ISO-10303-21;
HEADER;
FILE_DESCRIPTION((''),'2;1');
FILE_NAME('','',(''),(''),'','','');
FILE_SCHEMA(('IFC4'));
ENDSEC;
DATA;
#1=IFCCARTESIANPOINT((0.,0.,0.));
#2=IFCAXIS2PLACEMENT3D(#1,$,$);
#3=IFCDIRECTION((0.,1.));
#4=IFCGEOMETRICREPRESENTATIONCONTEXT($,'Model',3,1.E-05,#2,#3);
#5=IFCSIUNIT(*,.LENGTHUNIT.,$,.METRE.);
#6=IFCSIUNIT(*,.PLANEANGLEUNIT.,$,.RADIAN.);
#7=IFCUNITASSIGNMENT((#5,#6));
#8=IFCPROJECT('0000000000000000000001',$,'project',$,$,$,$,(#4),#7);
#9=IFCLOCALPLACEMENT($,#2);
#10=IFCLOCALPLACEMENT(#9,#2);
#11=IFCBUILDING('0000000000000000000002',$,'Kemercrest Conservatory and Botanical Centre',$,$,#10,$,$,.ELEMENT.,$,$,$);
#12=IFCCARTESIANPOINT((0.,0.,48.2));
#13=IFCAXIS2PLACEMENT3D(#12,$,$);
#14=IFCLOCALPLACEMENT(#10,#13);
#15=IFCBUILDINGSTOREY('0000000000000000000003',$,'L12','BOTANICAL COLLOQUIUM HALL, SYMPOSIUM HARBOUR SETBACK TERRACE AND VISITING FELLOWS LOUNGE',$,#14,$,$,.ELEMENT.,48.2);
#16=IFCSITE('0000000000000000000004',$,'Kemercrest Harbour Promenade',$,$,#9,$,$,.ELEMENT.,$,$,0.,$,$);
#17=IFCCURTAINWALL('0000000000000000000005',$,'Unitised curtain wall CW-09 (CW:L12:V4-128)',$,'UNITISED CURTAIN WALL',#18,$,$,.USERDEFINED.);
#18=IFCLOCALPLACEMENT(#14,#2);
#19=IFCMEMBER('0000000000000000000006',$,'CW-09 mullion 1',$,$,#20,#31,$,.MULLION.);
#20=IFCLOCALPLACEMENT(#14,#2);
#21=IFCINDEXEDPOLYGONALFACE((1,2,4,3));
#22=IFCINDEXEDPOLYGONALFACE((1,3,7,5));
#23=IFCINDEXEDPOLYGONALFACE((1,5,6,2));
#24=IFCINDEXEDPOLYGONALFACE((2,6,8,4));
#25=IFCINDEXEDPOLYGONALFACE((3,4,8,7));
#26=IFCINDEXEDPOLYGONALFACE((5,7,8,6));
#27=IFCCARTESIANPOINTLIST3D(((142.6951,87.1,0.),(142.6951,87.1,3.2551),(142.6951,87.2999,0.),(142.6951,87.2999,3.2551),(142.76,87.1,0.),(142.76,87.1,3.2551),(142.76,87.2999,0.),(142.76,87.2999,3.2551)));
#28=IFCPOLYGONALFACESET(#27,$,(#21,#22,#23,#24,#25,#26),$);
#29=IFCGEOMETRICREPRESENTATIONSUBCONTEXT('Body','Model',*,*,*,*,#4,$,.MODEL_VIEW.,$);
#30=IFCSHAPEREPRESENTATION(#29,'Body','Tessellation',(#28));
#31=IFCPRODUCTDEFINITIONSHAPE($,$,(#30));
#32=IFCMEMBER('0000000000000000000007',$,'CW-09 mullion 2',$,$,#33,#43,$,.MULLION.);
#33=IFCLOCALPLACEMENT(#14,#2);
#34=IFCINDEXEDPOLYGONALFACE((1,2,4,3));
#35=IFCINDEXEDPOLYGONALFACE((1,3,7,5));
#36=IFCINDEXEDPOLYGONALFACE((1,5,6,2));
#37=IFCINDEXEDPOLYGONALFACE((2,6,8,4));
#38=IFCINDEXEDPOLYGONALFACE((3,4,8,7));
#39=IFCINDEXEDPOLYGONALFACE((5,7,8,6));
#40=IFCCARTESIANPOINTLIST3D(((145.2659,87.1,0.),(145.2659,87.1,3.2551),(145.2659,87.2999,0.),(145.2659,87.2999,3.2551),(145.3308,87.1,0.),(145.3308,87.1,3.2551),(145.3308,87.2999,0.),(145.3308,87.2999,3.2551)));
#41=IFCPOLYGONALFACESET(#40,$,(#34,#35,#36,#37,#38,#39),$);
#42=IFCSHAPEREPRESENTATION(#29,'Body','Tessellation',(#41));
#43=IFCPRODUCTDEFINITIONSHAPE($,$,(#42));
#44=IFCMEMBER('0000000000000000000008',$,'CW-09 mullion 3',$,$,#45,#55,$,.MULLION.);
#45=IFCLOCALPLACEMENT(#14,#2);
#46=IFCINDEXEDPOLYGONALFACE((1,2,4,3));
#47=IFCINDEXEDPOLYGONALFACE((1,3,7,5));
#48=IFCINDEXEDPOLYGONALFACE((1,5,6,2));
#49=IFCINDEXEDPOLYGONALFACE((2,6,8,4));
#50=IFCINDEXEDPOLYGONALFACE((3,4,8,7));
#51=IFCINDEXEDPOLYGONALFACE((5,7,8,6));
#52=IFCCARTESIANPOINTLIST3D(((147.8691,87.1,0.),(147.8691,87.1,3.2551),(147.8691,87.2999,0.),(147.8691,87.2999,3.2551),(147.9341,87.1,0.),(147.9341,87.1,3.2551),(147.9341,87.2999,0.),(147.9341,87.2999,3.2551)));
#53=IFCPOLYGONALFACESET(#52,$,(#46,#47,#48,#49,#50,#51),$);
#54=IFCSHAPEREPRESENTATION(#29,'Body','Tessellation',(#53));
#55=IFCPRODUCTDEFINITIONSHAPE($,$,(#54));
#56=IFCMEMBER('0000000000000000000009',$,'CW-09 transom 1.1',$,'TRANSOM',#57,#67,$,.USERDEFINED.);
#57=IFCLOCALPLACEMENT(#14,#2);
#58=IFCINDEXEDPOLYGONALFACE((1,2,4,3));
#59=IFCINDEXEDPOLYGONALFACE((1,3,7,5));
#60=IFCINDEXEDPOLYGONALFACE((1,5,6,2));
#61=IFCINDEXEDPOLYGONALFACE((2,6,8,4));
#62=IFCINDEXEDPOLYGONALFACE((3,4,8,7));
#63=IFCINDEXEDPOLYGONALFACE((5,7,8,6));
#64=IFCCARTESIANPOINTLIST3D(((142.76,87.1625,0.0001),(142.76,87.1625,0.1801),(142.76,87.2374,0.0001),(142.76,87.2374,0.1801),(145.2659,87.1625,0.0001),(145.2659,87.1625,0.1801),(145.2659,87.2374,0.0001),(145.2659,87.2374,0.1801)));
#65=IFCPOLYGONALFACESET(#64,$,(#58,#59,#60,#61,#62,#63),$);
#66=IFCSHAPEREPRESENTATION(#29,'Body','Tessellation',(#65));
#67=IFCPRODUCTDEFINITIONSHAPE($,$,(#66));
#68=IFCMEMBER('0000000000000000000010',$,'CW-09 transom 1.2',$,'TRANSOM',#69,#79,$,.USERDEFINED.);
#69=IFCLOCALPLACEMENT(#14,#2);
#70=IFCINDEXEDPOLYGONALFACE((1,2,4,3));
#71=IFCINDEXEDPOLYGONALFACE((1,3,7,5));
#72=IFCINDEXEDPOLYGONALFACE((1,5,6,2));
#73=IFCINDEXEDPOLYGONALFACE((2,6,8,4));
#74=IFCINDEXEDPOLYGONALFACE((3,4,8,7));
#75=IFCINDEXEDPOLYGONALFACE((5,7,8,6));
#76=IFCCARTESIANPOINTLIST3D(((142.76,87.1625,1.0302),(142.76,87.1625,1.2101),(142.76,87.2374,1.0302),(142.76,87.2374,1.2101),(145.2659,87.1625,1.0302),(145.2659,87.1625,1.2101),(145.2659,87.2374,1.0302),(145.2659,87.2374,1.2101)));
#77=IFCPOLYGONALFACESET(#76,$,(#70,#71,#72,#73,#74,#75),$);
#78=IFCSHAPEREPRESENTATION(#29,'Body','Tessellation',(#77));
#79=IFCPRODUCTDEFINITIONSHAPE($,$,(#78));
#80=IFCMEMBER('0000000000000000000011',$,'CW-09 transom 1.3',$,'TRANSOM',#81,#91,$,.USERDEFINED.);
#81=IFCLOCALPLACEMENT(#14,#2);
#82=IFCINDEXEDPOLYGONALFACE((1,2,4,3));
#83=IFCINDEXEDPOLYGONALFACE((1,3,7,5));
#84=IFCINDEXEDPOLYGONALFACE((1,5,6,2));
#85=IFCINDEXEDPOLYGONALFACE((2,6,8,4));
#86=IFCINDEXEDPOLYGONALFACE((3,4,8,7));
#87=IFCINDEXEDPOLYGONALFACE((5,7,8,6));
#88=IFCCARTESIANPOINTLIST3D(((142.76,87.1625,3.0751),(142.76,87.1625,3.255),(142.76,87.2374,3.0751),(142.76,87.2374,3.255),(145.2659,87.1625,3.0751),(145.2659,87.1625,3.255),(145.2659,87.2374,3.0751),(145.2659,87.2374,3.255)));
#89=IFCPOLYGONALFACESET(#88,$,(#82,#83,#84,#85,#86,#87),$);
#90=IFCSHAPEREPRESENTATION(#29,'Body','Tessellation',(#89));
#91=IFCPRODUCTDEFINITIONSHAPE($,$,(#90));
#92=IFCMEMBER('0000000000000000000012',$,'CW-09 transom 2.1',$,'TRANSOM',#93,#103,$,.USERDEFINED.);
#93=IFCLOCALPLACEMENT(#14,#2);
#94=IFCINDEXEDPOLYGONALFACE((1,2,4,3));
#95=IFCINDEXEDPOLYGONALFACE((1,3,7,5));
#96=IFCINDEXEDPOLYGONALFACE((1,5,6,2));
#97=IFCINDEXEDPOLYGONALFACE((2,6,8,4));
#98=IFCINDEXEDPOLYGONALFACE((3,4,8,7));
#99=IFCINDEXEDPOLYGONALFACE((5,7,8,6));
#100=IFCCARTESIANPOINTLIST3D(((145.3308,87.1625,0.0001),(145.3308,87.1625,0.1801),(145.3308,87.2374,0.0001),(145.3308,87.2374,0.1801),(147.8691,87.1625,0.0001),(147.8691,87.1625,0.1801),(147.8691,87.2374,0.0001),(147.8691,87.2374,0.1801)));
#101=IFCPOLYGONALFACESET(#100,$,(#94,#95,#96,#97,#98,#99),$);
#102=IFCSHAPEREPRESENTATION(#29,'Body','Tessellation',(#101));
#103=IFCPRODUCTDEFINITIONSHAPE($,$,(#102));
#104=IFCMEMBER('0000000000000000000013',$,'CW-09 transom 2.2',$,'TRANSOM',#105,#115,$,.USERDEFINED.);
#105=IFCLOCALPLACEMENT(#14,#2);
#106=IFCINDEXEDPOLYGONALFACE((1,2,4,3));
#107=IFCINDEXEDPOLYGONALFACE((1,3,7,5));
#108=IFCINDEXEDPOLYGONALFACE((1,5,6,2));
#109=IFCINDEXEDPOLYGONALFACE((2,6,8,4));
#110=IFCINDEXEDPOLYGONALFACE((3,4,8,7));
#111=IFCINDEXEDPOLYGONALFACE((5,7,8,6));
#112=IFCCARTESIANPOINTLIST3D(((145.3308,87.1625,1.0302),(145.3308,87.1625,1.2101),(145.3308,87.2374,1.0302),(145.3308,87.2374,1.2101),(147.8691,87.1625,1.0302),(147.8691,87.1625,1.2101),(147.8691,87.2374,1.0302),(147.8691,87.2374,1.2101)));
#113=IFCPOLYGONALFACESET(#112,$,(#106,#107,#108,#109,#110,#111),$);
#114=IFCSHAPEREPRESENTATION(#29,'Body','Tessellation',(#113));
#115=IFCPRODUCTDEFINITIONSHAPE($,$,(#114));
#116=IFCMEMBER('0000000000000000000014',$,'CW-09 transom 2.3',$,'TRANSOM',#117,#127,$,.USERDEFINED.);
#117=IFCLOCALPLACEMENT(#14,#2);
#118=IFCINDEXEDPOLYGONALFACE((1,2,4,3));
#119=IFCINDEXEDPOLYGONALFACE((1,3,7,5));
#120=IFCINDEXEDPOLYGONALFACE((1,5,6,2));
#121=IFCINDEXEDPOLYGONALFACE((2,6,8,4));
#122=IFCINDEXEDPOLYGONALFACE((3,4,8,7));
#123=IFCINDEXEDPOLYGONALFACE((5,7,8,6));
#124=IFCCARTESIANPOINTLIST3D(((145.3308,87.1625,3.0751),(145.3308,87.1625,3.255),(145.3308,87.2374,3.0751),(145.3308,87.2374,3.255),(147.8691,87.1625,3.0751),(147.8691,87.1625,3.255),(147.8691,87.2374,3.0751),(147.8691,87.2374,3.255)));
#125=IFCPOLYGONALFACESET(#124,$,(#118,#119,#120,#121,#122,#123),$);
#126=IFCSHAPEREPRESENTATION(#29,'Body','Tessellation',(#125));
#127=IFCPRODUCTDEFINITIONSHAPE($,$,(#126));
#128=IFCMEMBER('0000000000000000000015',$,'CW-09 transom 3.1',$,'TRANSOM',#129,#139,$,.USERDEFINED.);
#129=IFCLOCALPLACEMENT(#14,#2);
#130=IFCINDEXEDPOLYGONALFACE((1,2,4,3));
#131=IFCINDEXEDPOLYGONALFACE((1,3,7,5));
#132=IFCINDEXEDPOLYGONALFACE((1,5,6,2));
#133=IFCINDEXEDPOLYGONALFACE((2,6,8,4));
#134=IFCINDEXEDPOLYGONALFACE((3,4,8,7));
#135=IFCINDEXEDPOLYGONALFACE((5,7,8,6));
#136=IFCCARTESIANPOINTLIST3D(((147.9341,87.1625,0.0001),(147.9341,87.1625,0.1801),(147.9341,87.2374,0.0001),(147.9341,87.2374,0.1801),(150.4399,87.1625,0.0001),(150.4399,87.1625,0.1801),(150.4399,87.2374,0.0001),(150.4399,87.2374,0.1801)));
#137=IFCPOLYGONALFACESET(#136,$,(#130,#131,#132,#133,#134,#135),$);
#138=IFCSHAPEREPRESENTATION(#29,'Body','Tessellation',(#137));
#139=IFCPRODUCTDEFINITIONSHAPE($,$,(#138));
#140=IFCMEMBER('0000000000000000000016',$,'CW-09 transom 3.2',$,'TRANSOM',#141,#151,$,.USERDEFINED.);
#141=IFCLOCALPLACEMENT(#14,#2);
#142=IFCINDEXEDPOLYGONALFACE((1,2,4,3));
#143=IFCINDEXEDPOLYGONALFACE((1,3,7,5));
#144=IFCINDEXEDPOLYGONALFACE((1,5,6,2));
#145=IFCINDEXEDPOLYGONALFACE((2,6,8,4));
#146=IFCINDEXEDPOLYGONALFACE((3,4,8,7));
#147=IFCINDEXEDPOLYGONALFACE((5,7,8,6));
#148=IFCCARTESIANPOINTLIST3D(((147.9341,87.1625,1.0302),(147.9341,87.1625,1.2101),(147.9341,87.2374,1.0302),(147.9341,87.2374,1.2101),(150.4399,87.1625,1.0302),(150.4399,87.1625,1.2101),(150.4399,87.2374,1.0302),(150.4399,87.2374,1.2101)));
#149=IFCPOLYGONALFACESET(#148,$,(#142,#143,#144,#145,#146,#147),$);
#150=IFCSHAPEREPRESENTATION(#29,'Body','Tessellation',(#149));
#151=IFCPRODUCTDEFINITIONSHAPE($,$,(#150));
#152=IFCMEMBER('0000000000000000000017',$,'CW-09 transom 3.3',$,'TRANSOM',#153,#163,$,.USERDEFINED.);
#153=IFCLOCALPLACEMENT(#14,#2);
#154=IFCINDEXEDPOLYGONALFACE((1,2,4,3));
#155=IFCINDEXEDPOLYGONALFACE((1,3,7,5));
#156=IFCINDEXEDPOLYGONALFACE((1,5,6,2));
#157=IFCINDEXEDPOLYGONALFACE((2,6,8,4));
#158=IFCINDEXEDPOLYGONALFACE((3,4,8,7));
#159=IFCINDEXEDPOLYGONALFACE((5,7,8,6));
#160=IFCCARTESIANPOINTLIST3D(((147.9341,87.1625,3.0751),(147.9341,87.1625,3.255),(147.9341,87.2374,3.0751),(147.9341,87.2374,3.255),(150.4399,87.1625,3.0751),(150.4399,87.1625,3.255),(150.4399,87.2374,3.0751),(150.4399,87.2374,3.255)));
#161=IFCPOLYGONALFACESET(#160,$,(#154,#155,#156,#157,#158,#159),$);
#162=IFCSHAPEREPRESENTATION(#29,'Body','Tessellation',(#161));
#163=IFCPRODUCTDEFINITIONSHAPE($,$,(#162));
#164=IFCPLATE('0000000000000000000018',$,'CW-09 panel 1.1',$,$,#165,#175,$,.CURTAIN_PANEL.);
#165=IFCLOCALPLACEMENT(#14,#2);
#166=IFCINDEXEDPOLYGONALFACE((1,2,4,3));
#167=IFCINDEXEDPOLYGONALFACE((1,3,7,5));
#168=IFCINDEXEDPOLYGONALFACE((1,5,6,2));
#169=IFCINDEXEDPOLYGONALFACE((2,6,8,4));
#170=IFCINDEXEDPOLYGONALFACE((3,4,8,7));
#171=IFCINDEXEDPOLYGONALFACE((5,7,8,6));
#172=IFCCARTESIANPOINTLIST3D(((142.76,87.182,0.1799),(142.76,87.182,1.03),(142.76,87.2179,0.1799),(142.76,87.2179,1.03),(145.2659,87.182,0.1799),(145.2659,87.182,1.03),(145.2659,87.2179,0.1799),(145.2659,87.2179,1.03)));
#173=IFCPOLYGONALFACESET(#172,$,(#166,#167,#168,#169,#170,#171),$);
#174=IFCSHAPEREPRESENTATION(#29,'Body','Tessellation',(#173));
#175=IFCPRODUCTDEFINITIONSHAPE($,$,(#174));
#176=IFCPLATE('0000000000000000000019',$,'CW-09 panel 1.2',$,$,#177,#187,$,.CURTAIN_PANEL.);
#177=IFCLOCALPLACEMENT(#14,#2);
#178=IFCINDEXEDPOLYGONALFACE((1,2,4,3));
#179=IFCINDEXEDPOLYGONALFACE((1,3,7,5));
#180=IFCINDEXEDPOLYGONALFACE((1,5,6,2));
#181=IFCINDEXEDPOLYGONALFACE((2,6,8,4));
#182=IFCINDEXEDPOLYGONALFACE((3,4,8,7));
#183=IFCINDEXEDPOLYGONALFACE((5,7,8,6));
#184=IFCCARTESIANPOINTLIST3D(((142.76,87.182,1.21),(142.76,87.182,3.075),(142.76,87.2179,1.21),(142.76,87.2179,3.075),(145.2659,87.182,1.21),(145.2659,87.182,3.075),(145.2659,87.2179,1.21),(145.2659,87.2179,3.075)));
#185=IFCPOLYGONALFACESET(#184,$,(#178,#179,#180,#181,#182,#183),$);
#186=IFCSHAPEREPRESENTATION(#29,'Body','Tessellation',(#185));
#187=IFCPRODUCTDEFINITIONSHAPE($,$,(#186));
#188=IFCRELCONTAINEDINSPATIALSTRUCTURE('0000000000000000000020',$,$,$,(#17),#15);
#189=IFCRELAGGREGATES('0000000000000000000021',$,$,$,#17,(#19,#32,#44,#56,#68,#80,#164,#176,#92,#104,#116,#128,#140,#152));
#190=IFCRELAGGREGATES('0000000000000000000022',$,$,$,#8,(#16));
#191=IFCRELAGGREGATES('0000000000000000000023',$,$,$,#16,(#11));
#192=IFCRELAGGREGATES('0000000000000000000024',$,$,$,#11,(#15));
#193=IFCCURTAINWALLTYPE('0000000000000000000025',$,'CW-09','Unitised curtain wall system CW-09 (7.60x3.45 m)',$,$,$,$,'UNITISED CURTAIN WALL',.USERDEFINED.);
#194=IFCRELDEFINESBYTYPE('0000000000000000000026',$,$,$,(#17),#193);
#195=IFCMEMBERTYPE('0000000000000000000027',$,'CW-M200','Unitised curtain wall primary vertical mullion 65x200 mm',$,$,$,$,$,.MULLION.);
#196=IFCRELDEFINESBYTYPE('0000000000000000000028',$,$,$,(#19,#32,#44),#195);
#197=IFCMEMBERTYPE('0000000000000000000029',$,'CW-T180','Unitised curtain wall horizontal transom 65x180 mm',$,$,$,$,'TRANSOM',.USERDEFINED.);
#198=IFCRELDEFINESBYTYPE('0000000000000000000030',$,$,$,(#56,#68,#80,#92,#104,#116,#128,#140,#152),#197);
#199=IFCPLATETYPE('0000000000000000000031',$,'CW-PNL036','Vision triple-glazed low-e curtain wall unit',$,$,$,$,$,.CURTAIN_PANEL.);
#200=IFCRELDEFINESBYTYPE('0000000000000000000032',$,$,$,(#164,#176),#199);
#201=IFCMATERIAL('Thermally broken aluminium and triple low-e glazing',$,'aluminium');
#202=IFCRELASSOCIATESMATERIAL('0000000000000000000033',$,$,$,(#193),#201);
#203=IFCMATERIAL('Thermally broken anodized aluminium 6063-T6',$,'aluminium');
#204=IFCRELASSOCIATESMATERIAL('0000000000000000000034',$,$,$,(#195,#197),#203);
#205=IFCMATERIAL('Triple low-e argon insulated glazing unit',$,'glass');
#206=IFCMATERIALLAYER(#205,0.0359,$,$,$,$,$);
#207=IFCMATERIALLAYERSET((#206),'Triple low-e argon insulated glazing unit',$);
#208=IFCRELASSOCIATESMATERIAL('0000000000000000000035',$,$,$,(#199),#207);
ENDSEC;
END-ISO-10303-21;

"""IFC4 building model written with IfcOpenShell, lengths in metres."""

from ifc_helpers import new_model, si_unit, direction, frame, origin, origin_2d, place, context, subcontext, project, spatial, rectangle, extrude, material, layer, layer_set, material_profile, profile_set, type_object, element, aggregate, save


model = new_model("IFC4")

# Units and contexts
model_context = context("Model", 3, precision=1e-05, world=origin(), true_north=direction((0.0, 1.0)))
body_context = subcontext(model_context, "Body", "Model", "MODEL_VIEW")
ifc_project = project(units=[si_unit("LENGTHUNIT", "METRE"), si_unit("PLANEANGLEUNIT", "RADIAN")], contexts=[model_context])

# Site, building, storey
site_placement = place(None, origin())
site = spatial("IfcSite", under=ifc_project, at=site_placement, Name="Kemercrest Harbour Promenade", CompositionType="ELEMENT", RefElevation=0.0)
building_placement = place(site_placement, origin())
building = spatial("IfcBuilding", under=site, at=building_placement, Name="Kemercrest Conservatory and Botanical Centre", CompositionType="ELEMENT")
storey_placement = place(building_placement, frame((0.0, 0.0, 48.2)))
storey = spatial("IfcBuildingStorey", under=building, at=storey_placement, Name="L12", Description="BOTANICAL COLLOQUIUM HALL, SYMPOSIUM HARBOUR SETBACK TERRACE AND VISITING FELLOWS LOUNGE", CompositionType="ELEMENT", Elevation=48.2)

# Curtain wall, members, plates
ifc_material_1 = material(Name="Thermally broken aluminium and triple low-e glazing", Category="aluminium")
curtain_wall_type = type_object("IfcCurtainWallType", Name="CW-09", Description="Unitised curtain wall system CW-09 (7.60x3.45 m)", ElementType="UNITISED CURTAIN WALL", PredefinedType="USERDEFINED", material=ifc_material_1)
curtain_wall_placement = place(storey_placement, origin())
curtain_wall = element("IfcCurtainWall", 1, at=curtain_wall_placement, inside=storey, type_object=curtain_wall_type, Name="Unitised curtain wall CW-09 (CW:L12:V4-128)", ObjectType="UNITISED CURTAIN WALL", PredefinedType="USERDEFINED")
ifc_material_2 = material(Name="Thermally broken anodized aluminium 6063-T6", Category="aluminium")
ifc_material_profile_1 = material_profile(ifc_material_2, rectangle(XDim=0.2, YDim=0.0649, at=origin_2d()), Name="AL MULLION 65x200")
ifc_profile_set_1 = profile_set([ifc_material_profile_1], Name="Thermally broken anodized aluminium 6063-T6")
member_type_1 = type_object("IfcMemberType", Name="CW-M200", Description="Unitised curtain wall primary vertical mullion 65x200 mm", PredefinedType="MULLION", material=ifc_profile_set_1)
member_1_placement = place(storey_placement, frame((142.7275, 87.2, 0.0), z_axis=(0.0, 0.0, 1.0), x_axis=(0.0, 1.0, 0.0)))
member_1 = element("IfcMember", 2, at=member_1_placement, type_object=member_type_1, Name="CW-09 mullion 1", PredefinedType="MULLION", context=body_context, shape_type="SweptSolid", body=[
    extrude(rectangle(XDim=0.2, YDim=0.0649, at=origin_2d()), origin(), (0.0, 0.0, 1.0), 3.2551),
])
member_2_placement = place(storey_placement, frame((145.2983, 87.2, 0.0), z_axis=(0.0, 0.0, 1.0), x_axis=(0.0, 1.0, 0.0)))
member_2 = element("IfcMember", 3, at=member_2_placement, type_object=member_type_1, Name="CW-09 mullion 2", PredefinedType="MULLION", context=body_context, shape_type="SweptSolid", body=[
    extrude(rectangle(XDim=0.2, YDim=0.0649, at=origin_2d()), origin(), (0.0, 0.0, 1.0), 3.2551),
])
member_3_placement = place(storey_placement, frame((147.9016, 87.2, 0.0), z_axis=(0.0, 0.0, 1.0), x_axis=(0.0, 1.0, 0.0)))
member_3 = element("IfcMember", 4, at=member_3_placement, type_object=member_type_1, Name="CW-09 mullion 3", PredefinedType="MULLION", context=body_context, shape_type="SweptSolid", body=[
    extrude(rectangle(XDim=0.2, YDim=0.0649, at=origin_2d()), origin(), (0.0, 0.0, 1.0), 3.2551),
])
ifc_material_profile_2 = material_profile(ifc_material_2, rectangle(XDim=0.075, YDim=0.1799, at=origin_2d()), Name="AL TRANSOM 75x180")
ifc_profile_set_2 = profile_set([ifc_material_profile_2], Name="Thermally broken anodized aluminium 6063-T6")
member_type_2 = type_object("IfcMemberType", Name="CW-T180", Description="Unitised curtain wall horizontal transom 65x180 mm", ElementType="TRANSOM", PredefinedType="USERDEFINED", material=ifc_profile_set_2)
member_4_placement = place(storey_placement, frame((142.76, 87.2, 0.0901), z_axis=(1.0, 0.0, 0.0), x_axis=(0.0, 1.0, 0.0)))
member_4 = element("IfcMember", 5, at=member_4_placement, type_object=member_type_2, Name="CW-09 transom 1.1", ObjectType="TRANSOM", PredefinedType="USERDEFINED", context=body_context, shape_type="SweptSolid", body=[
    extrude(rectangle(XDim=0.075, YDim=0.1799, at=origin_2d()), origin(), (0.0, 0.0, 1.0), 2.5059),
])
member_5_placement = place(storey_placement, frame((142.76, 87.2, 1.1201), z_axis=(1.0, 0.0, 0.0), x_axis=(0.0, 1.0, 0.0)))
member_5 = element("IfcMember", 6, at=member_5_placement, type_object=member_type_2, Name="CW-09 transom 1.2", ObjectType="TRANSOM", PredefinedType="USERDEFINED", context=body_context, shape_type="SweptSolid", body=[
    extrude(rectangle(XDim=0.075, YDim=0.1799, at=origin_2d()), origin(), (0.0, 0.0, 1.0), 2.5059),
])
member_6_placement = place(storey_placement, frame((142.76, 87.2, 3.165), z_axis=(1.0, 0.0, 0.0), x_axis=(0.0, 1.0, 0.0)))
member_6 = element("IfcMember", 7, at=member_6_placement, type_object=member_type_2, Name="CW-09 transom 1.3", ObjectType="TRANSOM", PredefinedType="USERDEFINED", context=body_context, shape_type="SweptSolid", body=[
    extrude(rectangle(XDim=0.075, YDim=0.1799, at=origin_2d()), origin(), (0.0, 0.0, 1.0), 2.5059),
])
member_7_placement = place(storey_placement, frame((145.3308, 87.2, 0.0901), z_axis=(1.0, 0.0, 0.0), x_axis=(0.0, 1.0, 0.0)))
member_7 = element("IfcMember", 8, at=member_7_placement, type_object=member_type_2, Name="CW-09 transom 2.1", ObjectType="TRANSOM", PredefinedType="USERDEFINED", context=body_context, shape_type="SweptSolid", body=[
    extrude(rectangle(XDim=0.075, YDim=0.1799, at=origin_2d()), origin(), (0.0, 0.0, 1.0), 2.5383),
])
member_8_placement = place(storey_placement, frame((145.3308, 87.2, 1.1201), z_axis=(1.0, 0.0, 0.0), x_axis=(0.0, 1.0, 0.0)))
member_8 = element("IfcMember", 9, at=member_8_placement, type_object=member_type_2, Name="CW-09 transom 2.2", ObjectType="TRANSOM", PredefinedType="USERDEFINED", context=body_context, shape_type="SweptSolid", body=[
    extrude(rectangle(XDim=0.075, YDim=0.1799, at=origin_2d()), origin(), (0.0, 0.0, 1.0), 2.5383),
])
member_9_placement = place(storey_placement, frame((145.3308, 87.2, 3.165), z_axis=(1.0, 0.0, 0.0), x_axis=(0.0, 1.0, 0.0)))
member_9 = element("IfcMember", 10, at=member_9_placement, type_object=member_type_2, Name="CW-09 transom 2.3", ObjectType="TRANSOM", PredefinedType="USERDEFINED", context=body_context, shape_type="SweptSolid", body=[
    extrude(rectangle(XDim=0.075, YDim=0.1799, at=origin_2d()), origin(), (0.0, 0.0, 1.0), 2.5383),
])
member_10_placement = place(storey_placement, frame((147.9341, 87.2, 0.0901), z_axis=(1.0, 0.0, 0.0), x_axis=(0.0, 1.0, 0.0)))
member_10 = element("IfcMember", 11, at=member_10_placement, type_object=member_type_2, Name="CW-09 transom 3.1", ObjectType="TRANSOM", PredefinedType="USERDEFINED", context=body_context, shape_type="SweptSolid", body=[
    extrude(rectangle(XDim=0.075, YDim=0.1799, at=origin_2d()), origin(), (0.0, 0.0, 1.0), 2.5059),
])
member_11_placement = place(storey_placement, frame((147.9341, 87.2, 1.1201), z_axis=(1.0, 0.0, 0.0), x_axis=(0.0, 1.0, 0.0)))
member_11 = element("IfcMember", 12, at=member_11_placement, type_object=member_type_2, Name="CW-09 transom 3.2", ObjectType="TRANSOM", PredefinedType="USERDEFINED", context=body_context, shape_type="SweptSolid", body=[
    extrude(rectangle(XDim=0.075, YDim=0.1799, at=origin_2d()), origin(), (0.0, 0.0, 1.0), 2.5059),
])
member_12_placement = place(storey_placement, frame((147.9341, 87.2, 3.165), z_axis=(1.0, 0.0, 0.0), x_axis=(0.0, 1.0, 0.0)))
member_12 = element("IfcMember", 13, at=member_12_placement, type_object=member_type_2, Name="CW-09 transom 3.3", ObjectType="TRANSOM", PredefinedType="USERDEFINED", context=body_context, shape_type="SweptSolid", body=[
    extrude(rectangle(XDim=0.075, YDim=0.1799, at=origin_2d()), origin(), (0.0, 0.0, 1.0), 2.5059),
])
ifc_material_3 = material(Name="Triple low-e argon insulated glazing unit", Category="glass")
ifc_layer = layer(ifc_material_3, 0.0359)
ifc_layer_set = layer_set([ifc_layer], Name="Triple low-e argon insulated glazing unit")
plate_type = type_object("IfcPlateType", Name="CW-PNL036", Description="Vision triple-glazed low-e curtain wall unit", PredefinedType="CURTAIN_PANEL", material=ifc_layer_set)
plate_1_placement = place(storey_placement, frame((144.0129, 87.2, 0.1799), z_axis=(0.0, 0.0, 1.0), x_axis=(1.0, 0.0, 0.0)))
plate_1 = element("IfcPlate", 14, at=plate_1_placement, type_object=plate_type, Name="CW-09 panel 1.1", PredefinedType="CURTAIN_PANEL", context=body_context, shape_type="SweptSolid", body=[
    extrude(rectangle(XDim=2.5059, YDim=0.0359, at=origin_2d()), origin(), (0.0, 0.0, 1.0), 0.8501),
])
plate_2_placement = place(storey_placement, frame((144.0129, 87.2, 1.21), z_axis=(0.0, 0.0, 1.0), x_axis=(1.0, 0.0, 0.0)))
plate_2 = element("IfcPlate", 15, at=plate_2_placement, type_object=plate_type, Name="CW-09 panel 1.2", PredefinedType="CURTAIN_PANEL", context=body_context, shape_type="SweptSolid", body=[
    extrude(rectangle(XDim=2.5059, YDim=0.0359, at=origin_2d()), origin(), (0.0, 0.0, 1.0), 1.865),
])
aggregate(curtain_wall, [member_1, member_2, member_3, member_4, member_5, member_6, plate_1, plate_2, member_7, member_8, member_9, member_10, member_11, member_12])

save(model, "model.ifc")
